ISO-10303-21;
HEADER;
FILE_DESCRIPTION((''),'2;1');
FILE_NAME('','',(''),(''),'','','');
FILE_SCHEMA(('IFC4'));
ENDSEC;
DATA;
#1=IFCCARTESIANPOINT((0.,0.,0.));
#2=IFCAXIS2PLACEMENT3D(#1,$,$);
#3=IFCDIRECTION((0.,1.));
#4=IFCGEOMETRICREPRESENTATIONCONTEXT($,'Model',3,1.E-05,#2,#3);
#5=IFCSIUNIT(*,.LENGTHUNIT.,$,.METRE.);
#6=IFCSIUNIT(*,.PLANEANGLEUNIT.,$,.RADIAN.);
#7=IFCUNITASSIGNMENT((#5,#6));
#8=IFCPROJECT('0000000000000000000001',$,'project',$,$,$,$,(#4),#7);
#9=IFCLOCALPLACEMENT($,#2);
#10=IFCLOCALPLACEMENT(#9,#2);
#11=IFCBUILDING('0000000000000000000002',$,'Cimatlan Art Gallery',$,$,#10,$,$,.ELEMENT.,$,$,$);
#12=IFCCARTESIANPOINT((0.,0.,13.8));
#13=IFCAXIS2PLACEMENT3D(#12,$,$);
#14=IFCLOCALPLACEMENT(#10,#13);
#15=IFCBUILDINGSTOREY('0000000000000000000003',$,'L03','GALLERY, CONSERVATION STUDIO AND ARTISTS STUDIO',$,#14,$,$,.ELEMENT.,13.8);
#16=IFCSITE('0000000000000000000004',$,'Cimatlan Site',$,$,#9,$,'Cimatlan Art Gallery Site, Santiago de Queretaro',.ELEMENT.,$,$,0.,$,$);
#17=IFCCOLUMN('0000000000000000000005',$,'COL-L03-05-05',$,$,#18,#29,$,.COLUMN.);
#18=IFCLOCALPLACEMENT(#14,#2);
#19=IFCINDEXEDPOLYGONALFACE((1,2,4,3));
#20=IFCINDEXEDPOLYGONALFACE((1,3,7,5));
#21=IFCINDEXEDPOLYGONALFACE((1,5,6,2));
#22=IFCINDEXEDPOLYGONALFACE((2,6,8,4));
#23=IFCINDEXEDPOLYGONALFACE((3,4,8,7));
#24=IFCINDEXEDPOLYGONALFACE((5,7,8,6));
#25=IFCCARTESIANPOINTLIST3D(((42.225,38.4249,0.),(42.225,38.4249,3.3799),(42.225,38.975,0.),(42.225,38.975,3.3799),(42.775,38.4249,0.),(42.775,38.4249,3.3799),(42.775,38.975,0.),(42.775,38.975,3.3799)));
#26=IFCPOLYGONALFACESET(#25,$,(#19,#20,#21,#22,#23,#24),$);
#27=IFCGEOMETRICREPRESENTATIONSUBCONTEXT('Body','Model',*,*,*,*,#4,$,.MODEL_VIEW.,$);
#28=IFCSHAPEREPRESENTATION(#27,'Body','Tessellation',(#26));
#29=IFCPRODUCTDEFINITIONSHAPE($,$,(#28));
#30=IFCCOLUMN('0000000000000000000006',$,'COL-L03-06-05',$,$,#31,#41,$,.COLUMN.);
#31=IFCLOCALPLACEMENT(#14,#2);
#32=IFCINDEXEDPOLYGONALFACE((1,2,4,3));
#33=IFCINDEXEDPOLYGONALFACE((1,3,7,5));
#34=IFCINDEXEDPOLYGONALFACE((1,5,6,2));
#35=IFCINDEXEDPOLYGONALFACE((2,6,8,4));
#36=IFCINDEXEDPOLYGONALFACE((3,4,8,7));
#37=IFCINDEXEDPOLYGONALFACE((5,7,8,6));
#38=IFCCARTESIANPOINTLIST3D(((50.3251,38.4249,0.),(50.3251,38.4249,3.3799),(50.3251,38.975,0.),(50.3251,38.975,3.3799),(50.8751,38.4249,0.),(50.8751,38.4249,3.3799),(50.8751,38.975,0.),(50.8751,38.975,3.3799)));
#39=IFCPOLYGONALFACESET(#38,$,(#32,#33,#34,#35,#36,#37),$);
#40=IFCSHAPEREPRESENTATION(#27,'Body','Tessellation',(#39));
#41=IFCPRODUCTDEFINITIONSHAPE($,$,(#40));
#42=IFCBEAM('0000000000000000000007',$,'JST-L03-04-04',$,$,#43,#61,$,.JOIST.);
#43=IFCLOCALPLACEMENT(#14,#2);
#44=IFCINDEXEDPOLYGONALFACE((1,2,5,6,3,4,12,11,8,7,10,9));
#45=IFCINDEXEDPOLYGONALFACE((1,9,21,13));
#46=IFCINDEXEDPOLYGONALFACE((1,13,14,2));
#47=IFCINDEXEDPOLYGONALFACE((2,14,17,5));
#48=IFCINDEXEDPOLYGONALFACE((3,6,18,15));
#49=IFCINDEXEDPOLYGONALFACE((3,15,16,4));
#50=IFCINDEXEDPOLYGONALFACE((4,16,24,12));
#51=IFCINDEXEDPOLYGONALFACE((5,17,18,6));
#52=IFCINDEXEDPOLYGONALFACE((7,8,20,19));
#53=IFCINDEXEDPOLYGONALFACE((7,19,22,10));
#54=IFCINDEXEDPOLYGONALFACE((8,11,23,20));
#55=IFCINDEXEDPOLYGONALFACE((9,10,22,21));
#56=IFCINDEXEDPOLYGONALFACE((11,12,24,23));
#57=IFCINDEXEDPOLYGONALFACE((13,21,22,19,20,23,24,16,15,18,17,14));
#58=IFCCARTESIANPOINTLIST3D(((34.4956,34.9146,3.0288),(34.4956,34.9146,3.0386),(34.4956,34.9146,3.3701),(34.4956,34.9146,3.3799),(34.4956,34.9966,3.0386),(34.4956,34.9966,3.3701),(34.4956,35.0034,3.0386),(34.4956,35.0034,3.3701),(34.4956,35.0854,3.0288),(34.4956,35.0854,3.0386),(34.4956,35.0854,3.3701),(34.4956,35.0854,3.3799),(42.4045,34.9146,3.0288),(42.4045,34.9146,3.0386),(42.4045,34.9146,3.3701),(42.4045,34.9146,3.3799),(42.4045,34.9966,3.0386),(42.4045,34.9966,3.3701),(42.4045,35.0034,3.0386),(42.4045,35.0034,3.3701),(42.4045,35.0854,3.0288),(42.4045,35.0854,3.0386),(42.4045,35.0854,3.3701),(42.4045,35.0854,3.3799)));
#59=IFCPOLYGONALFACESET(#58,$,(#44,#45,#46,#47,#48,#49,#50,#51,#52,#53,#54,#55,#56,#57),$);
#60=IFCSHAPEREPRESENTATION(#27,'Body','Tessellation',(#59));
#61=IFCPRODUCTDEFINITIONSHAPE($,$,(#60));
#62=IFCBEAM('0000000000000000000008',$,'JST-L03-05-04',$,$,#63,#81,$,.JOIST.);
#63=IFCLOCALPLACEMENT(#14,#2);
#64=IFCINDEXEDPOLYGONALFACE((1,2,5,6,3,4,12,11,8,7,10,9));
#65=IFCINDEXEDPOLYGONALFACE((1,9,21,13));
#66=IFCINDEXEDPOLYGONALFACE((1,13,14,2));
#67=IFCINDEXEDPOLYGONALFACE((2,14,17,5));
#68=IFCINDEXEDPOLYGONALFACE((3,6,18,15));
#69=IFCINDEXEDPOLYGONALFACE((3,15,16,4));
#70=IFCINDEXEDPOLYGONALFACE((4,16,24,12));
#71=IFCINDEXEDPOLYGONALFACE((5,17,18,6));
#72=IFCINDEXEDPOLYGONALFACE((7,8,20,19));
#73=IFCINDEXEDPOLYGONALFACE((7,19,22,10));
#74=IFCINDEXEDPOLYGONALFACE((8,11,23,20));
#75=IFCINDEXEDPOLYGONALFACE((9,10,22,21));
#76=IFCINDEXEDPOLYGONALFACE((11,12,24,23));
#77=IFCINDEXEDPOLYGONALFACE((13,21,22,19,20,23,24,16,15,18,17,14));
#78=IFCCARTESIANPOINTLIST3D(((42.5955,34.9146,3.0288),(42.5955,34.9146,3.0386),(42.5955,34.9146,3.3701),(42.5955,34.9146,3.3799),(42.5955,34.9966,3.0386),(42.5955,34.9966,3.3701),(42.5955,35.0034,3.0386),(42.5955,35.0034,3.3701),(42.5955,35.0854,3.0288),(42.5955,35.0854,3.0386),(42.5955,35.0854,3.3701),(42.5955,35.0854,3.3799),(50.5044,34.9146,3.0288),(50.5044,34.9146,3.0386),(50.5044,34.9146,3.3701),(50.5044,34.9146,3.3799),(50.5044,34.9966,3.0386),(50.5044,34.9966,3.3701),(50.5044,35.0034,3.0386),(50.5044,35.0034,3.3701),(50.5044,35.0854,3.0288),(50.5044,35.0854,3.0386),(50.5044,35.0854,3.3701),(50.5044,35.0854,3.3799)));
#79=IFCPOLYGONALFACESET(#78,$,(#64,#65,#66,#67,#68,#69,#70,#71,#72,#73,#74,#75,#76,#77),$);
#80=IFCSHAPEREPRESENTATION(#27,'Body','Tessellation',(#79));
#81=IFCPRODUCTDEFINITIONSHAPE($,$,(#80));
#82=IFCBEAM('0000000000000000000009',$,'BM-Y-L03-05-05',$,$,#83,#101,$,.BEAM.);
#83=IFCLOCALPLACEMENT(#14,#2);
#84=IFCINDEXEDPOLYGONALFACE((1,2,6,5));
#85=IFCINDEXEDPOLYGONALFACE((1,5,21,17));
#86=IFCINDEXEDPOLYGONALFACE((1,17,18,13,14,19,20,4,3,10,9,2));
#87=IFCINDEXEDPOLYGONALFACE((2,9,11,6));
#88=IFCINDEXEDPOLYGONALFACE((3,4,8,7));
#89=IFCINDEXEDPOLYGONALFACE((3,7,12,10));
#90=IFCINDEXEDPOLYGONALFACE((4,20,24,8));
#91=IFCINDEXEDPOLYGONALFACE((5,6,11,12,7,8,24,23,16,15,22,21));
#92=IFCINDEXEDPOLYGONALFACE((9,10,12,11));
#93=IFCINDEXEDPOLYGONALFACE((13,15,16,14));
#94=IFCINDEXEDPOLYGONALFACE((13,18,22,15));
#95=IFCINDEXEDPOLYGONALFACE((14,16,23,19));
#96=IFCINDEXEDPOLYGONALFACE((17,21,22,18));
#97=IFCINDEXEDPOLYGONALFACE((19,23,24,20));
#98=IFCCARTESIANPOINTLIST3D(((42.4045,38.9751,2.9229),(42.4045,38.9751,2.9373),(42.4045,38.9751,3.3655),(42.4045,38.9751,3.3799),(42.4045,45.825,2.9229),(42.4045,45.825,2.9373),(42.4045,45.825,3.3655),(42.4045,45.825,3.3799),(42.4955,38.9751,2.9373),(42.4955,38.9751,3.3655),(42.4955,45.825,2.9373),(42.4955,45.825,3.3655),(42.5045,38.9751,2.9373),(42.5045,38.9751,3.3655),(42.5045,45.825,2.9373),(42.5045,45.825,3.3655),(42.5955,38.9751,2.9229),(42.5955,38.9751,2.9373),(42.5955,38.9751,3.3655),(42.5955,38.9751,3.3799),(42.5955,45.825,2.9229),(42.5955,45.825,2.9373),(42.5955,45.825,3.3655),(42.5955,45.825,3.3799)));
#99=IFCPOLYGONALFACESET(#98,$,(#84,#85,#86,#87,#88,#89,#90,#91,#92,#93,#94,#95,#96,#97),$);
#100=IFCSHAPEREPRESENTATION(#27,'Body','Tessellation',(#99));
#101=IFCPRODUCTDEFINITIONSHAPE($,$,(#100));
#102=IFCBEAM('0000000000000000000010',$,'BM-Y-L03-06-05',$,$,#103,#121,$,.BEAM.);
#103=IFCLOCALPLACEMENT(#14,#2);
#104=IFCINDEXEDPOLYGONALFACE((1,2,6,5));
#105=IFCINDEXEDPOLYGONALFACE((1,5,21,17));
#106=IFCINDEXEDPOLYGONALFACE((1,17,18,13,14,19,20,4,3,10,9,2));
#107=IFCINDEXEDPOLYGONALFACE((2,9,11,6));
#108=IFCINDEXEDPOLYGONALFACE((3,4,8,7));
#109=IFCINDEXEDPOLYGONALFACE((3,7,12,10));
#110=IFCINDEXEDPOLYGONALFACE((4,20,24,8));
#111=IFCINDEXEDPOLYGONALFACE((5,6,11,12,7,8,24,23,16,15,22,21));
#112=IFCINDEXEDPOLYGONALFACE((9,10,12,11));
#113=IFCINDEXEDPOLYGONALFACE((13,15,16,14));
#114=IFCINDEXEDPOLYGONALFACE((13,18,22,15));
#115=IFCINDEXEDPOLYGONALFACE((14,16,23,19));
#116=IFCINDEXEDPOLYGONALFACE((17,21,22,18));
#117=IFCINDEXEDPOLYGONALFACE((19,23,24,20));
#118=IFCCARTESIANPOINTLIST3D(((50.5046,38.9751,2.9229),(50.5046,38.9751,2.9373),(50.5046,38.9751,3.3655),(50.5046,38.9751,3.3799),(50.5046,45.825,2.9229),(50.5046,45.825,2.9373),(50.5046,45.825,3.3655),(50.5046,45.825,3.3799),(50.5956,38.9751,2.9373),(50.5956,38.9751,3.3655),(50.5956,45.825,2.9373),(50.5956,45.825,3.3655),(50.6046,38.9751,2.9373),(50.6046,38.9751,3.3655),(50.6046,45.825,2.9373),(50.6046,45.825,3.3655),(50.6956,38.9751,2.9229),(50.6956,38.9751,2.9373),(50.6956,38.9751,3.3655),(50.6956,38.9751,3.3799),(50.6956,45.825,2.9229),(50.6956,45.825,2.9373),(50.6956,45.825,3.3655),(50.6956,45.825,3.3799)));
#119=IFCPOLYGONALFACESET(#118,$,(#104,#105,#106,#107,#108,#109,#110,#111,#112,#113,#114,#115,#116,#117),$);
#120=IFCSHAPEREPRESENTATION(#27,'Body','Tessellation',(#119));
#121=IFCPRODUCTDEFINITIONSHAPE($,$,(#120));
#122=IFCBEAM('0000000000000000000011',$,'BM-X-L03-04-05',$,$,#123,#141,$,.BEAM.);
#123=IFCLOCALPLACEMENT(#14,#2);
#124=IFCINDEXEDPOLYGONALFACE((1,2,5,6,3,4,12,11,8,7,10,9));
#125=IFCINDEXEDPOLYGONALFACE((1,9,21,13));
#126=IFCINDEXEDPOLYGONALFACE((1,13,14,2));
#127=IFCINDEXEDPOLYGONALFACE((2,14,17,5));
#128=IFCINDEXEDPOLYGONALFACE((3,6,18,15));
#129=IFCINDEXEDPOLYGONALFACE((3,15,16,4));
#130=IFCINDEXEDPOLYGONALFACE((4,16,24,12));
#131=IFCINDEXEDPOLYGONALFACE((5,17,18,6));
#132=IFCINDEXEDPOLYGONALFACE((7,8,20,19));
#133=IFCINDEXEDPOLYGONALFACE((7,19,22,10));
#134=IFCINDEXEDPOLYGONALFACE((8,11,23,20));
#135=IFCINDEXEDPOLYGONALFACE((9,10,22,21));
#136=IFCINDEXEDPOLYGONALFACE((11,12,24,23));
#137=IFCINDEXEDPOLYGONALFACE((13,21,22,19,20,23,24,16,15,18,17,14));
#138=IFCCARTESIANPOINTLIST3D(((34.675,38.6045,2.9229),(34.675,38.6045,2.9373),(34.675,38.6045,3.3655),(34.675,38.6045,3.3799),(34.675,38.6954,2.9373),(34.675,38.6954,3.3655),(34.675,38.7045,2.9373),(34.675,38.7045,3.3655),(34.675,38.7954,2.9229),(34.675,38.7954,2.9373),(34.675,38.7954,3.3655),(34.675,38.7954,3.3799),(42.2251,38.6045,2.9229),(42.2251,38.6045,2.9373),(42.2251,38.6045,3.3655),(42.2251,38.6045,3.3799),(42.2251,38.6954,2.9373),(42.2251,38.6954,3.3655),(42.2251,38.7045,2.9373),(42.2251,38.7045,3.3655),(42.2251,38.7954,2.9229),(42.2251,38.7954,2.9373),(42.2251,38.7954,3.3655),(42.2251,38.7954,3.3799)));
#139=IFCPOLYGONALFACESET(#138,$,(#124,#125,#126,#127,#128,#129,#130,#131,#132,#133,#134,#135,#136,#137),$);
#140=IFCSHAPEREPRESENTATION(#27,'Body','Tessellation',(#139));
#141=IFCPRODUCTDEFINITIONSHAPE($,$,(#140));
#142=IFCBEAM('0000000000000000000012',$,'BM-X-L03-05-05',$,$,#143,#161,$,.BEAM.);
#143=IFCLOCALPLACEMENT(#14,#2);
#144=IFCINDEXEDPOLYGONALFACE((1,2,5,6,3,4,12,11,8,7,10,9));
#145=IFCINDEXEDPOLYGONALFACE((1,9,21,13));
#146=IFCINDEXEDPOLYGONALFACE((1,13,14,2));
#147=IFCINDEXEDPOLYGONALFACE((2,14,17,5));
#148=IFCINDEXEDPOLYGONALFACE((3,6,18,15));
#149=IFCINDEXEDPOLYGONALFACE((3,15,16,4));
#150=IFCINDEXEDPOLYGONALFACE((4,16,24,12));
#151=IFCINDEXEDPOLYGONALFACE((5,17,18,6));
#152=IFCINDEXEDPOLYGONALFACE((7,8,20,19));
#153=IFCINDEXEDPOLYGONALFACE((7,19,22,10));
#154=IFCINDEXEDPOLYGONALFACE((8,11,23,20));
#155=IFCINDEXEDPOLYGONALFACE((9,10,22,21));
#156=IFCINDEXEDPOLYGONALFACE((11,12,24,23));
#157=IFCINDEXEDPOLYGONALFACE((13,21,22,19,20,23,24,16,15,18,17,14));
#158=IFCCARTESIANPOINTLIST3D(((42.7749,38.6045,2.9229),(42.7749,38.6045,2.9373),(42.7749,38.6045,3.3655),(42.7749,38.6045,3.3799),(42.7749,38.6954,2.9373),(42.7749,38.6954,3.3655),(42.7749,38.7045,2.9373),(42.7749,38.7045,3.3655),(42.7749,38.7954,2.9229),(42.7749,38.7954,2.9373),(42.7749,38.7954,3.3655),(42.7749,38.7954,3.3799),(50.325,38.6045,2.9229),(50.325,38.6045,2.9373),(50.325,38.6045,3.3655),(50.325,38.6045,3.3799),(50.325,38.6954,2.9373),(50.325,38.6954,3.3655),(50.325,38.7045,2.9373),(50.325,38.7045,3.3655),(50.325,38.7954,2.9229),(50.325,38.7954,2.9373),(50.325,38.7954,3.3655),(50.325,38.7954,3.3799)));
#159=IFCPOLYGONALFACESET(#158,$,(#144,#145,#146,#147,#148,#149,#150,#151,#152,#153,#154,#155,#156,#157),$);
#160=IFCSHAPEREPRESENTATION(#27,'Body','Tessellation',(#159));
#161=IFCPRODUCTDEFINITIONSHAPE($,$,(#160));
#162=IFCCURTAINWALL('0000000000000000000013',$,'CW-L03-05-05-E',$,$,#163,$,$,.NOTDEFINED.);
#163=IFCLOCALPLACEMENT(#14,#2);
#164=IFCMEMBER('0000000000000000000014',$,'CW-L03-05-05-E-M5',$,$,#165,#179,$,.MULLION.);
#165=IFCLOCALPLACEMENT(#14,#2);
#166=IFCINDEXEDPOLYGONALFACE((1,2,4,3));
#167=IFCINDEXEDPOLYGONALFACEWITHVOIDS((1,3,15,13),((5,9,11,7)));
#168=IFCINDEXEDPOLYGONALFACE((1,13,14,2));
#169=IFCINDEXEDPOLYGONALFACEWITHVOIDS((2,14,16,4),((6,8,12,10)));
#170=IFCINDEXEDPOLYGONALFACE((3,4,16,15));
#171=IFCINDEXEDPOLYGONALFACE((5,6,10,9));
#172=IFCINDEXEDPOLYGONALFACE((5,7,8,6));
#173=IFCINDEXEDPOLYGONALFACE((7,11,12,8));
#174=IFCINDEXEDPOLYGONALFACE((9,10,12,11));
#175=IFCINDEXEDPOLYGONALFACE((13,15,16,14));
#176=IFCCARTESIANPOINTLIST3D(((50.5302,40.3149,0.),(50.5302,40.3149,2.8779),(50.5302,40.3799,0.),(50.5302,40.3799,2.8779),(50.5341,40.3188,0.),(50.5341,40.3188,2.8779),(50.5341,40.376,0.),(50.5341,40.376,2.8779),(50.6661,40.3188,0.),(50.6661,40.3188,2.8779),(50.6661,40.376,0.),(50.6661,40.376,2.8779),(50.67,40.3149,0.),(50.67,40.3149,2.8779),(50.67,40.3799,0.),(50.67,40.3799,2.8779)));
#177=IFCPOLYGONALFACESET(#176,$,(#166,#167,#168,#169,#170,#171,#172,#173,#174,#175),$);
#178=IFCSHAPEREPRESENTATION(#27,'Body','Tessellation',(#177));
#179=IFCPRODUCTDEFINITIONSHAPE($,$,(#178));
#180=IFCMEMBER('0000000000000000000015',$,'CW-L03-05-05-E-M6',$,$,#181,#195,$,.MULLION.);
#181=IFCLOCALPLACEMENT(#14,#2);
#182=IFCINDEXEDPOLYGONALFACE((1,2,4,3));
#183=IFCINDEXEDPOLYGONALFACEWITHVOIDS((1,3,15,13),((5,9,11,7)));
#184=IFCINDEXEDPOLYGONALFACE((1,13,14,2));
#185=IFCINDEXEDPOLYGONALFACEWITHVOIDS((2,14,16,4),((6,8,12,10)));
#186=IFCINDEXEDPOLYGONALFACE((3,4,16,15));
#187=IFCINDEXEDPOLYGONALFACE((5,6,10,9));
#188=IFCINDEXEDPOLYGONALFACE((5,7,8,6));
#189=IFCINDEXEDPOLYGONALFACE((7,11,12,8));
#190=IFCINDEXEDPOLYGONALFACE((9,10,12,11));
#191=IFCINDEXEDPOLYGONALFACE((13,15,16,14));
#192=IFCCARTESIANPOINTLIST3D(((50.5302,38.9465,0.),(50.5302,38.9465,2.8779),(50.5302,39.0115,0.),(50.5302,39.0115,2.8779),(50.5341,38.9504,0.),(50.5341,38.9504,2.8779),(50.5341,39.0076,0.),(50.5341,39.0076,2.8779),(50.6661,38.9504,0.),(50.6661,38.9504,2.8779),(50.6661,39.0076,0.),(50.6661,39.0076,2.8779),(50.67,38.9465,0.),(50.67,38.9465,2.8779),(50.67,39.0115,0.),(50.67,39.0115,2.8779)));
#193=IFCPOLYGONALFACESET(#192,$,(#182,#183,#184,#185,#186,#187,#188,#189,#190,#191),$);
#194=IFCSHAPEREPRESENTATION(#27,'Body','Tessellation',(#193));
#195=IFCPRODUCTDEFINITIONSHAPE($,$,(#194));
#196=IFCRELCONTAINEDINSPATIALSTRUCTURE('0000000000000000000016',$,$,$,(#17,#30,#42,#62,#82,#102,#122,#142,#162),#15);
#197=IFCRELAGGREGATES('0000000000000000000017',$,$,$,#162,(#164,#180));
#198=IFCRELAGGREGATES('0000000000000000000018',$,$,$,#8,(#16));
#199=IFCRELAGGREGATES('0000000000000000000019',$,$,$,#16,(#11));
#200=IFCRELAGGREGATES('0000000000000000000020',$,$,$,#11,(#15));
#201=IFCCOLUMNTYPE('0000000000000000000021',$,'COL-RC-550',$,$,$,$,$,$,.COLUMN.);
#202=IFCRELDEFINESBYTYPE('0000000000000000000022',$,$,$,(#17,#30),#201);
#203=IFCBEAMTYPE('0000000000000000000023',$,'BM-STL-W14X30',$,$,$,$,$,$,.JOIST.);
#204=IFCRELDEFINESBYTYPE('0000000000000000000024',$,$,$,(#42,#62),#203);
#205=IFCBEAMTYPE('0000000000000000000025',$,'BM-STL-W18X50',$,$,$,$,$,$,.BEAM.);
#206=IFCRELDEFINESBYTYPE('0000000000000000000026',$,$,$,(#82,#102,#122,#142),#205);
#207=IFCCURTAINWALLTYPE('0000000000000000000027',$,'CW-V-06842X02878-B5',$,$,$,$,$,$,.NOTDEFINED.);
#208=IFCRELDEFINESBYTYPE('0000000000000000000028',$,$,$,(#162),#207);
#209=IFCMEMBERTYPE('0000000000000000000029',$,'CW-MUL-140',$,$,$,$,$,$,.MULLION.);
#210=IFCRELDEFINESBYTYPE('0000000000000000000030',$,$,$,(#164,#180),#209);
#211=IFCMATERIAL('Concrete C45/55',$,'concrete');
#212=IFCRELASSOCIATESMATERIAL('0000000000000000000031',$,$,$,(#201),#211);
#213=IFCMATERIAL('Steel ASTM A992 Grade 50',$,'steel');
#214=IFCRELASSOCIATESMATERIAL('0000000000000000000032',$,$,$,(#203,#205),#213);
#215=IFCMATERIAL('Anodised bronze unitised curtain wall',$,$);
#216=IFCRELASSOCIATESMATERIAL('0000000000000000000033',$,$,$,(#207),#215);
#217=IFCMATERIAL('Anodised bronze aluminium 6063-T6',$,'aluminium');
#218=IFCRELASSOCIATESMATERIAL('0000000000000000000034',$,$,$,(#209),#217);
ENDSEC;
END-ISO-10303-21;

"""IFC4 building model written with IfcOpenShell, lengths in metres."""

from ifc_helpers import new_model, si_unit, direction, frame, origin, origin_2d, place, context, subcontext, project, spatial, rectangle, hollow_rectangle, i_section, extrude, material, material_profile, profile_set, type_object, element, aggregate, save


model = new_model("IFC4")

# Units and contexts
model_context = context("Model", 3, precision=1e-05, world=origin(), true_north=direction((0.0, 1.0)))
body_context = subcontext(model_context, "Body", "Model", "MODEL_VIEW")
ifc_project = project(units=[si_unit("LENGTHUNIT", "METRE"), si_unit("PLANEANGLEUNIT", "RADIAN")], contexts=[model_context])

# Site, building, storey
site_placement = place(None, origin())
site = spatial("IfcSite", under=ifc_project, at=site_placement, Name="Cimatlan Site", LongName="Cimatlan Art Gallery Site, Santiago de Queretaro", CompositionType="ELEMENT", RefElevation=0.0)
building_placement = place(site_placement, origin())
building = spatial("IfcBuilding", under=site, at=building_placement, Name="Cimatlan Art Gallery", CompositionType="ELEMENT")
storey_placement = place(building_placement, frame((0.0, 0.0, 13.8)))
storey = spatial("IfcBuildingStorey", under=building, at=storey_placement, Name="L03", Description="GALLERY, CONSERVATION STUDIO AND ARTISTS STUDIO", CompositionType="ELEMENT", Elevation=13.8)

# Columns
ifc_material_1 = material(Name="Concrete C45/55", Category="concrete")
ifc_material_profile_1 = material_profile(ifc_material_1, rectangle(XDim=0.55, YDim=0.55, at=origin_2d()), Name="RC550X550")
ifc_profile_set_1 = profile_set([ifc_material_profile_1], Name="Concrete C45/55")
column_type = type_object("IfcColumnType", Name="COL-RC-550", PredefinedType="COLUMN", material=ifc_profile_set_1)
for number, where, z_axis, x_axis, name in (
    (1, (42.5, 38.7, 0.0), (0.0, 0.0, 1.0), (1.0, 0.0, 0.0), "COL-L03-05-05"),
    (2, (50.6001, 38.7, 0.0), (0.0, 0.0, 1.0), (1.0, 0.0, 0.0), "COL-L03-06-05"),
):
    element("IfcColumn", number, at=place(storey_placement, frame(where, z_axis=z_axis, x_axis=x_axis)), inside=storey, type_object=column_type, Name=name, PredefinedType="COLUMN", context=body_context, shape_type="SweptSolid", body=[
        extrude(rectangle(XDim=0.55, YDim=0.55, at=origin_2d()), origin(), (0.0, 0.0, 1.0), 3.3799),
    ])

# Beams
ifc_material_2 = material(Name="Steel ASTM A992 Grade 50", Category="steel")
ifc_material_profile_2 = material_profile(ifc_material_2, i_section(OverallWidth=0.1709, OverallDepth=0.3511, WebThickness=0.0068, FlangeThickness=0.0098, at=origin_2d()), Name="W14X30")
ifc_profile_set_2 = profile_set([ifc_material_profile_2], Name="Steel ASTM A992 Grade 50")
beam_type_1 = type_object("IfcBeamType", Name="BM-STL-W14X30", PredefinedType="JOIST", material=ifc_profile_set_2)
for number, where, z_axis, x_axis, name in (
    (3, (34.4956, 35.0, 3.2043), (1.0, 0.0, 0.0), (0.0, 1.0, 0.0), "JST-L03-04-04"),
    (4, (42.5955, 35.0, 3.2043), (1.0, 0.0, 0.0), (0.0, 1.0, 0.0), "JST-L03-05-04"),
):
    element("IfcBeam", number, at=place(storey_placement, frame(where, z_axis=z_axis, x_axis=x_axis)), inside=storey, type_object=beam_type_1, Name=name, PredefinedType="JOIST", context=body_context, shape_type="SweptSolid", body=[
        extrude(i_section(OverallWidth=0.1709, OverallDepth=0.3511, WebThickness=0.0068, FlangeThickness=0.0098, at=origin_2d()), origin(), (0.0, 0.0, 1.0), 7.9089),
    ])
ifc_material_profile_3 = material_profile(ifc_material_2, i_section(OverallWidth=0.1909, OverallDepth=0.457, WebThickness=0.009, FlangeThickness=0.0144, at=origin_2d()), Name="W18X50")
ifc_profile_set_3 = profile_set([ifc_material_profile_3], Name="Steel ASTM A992 Grade 50")
beam_type_2 = type_object("IfcBeamType", Name="BM-STL-W18X50", PredefinedType="BEAM", material=ifc_profile_set_3)
for number, where, z_axis, x_axis, name in (
    (5, (42.5, 38.9751, 3.1514), (0.0, 1.0, 0.0), (-1.0, 0.0, 0.0), "BM-Y-L03-05-05"),
    (6, (50.6001, 38.9751, 3.1514), (0.0, 1.0, 0.0), (-1.0, 0.0, 0.0), "BM-Y-L03-06-05"),
):
    element("IfcBeam", number, at=place(storey_placement, frame(where, z_axis=z_axis, x_axis=x_axis)), inside=storey, type_object=beam_type_2, Name=name, PredefinedType="BEAM", context=body_context, shape_type="SweptSolid", body=[
        extrude(i_section(OverallWidth=0.1909, OverallDepth=0.457, WebThickness=0.009, FlangeThickness=0.0144, at=origin_2d()), origin(), (0.0, 0.0, 1.0), 6.8499),
    ])
for number, where, z_axis, x_axis, name in (
    (7, (34.675, 38.7, 3.1514), (1.0, 0.0, 0.0), (0.0, 1.0, 0.0), "BM-X-L03-04-05"),
    (8, (42.7749, 38.7, 3.1514), (1.0, 0.0, 0.0), (0.0, 1.0, 0.0), "BM-X-L03-05-05"),
):
    element("IfcBeam", number, at=place(storey_placement, frame(where, z_axis=z_axis, x_axis=x_axis)), inside=storey, type_object=beam_type_2, Name=name, PredefinedType="BEAM", context=body_context, shape_type="SweptSolid", body=[
        extrude(i_section(OverallWidth=0.1909, OverallDepth=0.457, WebThickness=0.009, FlangeThickness=0.0144, at=origin_2d()), origin(), (0.0, 0.0, 1.0), 7.55),
    ])

# Curtain wall, members
ifc_material_3 = material(Name="Anodised bronze unitised curtain wall")
curtain_wall_type = type_object("IfcCurtainWallType", Name="CW-V-06842X02878-B5", PredefinedType="NOTDEFINED", material=ifc_material_3)
curtain_wall_placement = place(storey_placement, origin())
curtain_wall = element("IfcCurtainWall", 9, at=curtain_wall_placement, inside=storey, type_object=curtain_wall_type, Name="CW-L03-05-05-E", PredefinedType="NOTDEFINED")
ifc_material_4 = material(Name="Anodised bronze aluminium 6063-T6", Category="aluminium")
ifc_material_profile_4 = material_profile(ifc_material_4, hollow_rectangle(XDim=0.0649, YDim=0.1399, WallThickness=0.0039, at=origin_2d()), Name="ALU65X140X4")
ifc_profile_set_4 = profile_set([ifc_material_profile_4], Name="Anodised bronze aluminium 6063-T6")
member_type = type_object("IfcMemberType", Name="CW-MUL-140", PredefinedType="MULLION", material=ifc_profile_set_4)
member_1_placement = place(storey_placement, frame((50.6001, 40.3474, 0.0), z_axis=(0.0, 0.0, 1.0), x_axis=(0.0, 1.0, 0.0)))
member_1 = element("IfcMember", 10, at=member_1_placement, type_object=member_type, Name="CW-L03-05-05-E-M5", PredefinedType="MULLION", context=body_context, shape_type="SweptSolid", body=[
    extrude(hollow_rectangle(XDim=0.0649, YDim=0.1399, WallThickness=0.0039, at=origin_2d()), origin(), (0.0, 0.0, 1.0), 2.8779),
])
member_2_placement = place(storey_placement, frame((50.6001, 38.979, 0.0), z_axis=(0.0, 0.0, 1.0), x_axis=(0.0, 1.0, 0.0)))
member_2 = element("IfcMember", 11, at=member_2_placement, type_object=member_type, Name="CW-L03-05-05-E-M6", PredefinedType="MULLION", context=body_context, shape_type="SweptSolid", body=[
    extrude(hollow_rectangle(XDim=0.0649, YDim=0.1399, WallThickness=0.0039, at=origin_2d()), origin(), (0.0, 0.0, 1.0), 2.8779),
])
aggregate(curtain_wall, [member_1, member_2])

save(model, "model.ifc")
